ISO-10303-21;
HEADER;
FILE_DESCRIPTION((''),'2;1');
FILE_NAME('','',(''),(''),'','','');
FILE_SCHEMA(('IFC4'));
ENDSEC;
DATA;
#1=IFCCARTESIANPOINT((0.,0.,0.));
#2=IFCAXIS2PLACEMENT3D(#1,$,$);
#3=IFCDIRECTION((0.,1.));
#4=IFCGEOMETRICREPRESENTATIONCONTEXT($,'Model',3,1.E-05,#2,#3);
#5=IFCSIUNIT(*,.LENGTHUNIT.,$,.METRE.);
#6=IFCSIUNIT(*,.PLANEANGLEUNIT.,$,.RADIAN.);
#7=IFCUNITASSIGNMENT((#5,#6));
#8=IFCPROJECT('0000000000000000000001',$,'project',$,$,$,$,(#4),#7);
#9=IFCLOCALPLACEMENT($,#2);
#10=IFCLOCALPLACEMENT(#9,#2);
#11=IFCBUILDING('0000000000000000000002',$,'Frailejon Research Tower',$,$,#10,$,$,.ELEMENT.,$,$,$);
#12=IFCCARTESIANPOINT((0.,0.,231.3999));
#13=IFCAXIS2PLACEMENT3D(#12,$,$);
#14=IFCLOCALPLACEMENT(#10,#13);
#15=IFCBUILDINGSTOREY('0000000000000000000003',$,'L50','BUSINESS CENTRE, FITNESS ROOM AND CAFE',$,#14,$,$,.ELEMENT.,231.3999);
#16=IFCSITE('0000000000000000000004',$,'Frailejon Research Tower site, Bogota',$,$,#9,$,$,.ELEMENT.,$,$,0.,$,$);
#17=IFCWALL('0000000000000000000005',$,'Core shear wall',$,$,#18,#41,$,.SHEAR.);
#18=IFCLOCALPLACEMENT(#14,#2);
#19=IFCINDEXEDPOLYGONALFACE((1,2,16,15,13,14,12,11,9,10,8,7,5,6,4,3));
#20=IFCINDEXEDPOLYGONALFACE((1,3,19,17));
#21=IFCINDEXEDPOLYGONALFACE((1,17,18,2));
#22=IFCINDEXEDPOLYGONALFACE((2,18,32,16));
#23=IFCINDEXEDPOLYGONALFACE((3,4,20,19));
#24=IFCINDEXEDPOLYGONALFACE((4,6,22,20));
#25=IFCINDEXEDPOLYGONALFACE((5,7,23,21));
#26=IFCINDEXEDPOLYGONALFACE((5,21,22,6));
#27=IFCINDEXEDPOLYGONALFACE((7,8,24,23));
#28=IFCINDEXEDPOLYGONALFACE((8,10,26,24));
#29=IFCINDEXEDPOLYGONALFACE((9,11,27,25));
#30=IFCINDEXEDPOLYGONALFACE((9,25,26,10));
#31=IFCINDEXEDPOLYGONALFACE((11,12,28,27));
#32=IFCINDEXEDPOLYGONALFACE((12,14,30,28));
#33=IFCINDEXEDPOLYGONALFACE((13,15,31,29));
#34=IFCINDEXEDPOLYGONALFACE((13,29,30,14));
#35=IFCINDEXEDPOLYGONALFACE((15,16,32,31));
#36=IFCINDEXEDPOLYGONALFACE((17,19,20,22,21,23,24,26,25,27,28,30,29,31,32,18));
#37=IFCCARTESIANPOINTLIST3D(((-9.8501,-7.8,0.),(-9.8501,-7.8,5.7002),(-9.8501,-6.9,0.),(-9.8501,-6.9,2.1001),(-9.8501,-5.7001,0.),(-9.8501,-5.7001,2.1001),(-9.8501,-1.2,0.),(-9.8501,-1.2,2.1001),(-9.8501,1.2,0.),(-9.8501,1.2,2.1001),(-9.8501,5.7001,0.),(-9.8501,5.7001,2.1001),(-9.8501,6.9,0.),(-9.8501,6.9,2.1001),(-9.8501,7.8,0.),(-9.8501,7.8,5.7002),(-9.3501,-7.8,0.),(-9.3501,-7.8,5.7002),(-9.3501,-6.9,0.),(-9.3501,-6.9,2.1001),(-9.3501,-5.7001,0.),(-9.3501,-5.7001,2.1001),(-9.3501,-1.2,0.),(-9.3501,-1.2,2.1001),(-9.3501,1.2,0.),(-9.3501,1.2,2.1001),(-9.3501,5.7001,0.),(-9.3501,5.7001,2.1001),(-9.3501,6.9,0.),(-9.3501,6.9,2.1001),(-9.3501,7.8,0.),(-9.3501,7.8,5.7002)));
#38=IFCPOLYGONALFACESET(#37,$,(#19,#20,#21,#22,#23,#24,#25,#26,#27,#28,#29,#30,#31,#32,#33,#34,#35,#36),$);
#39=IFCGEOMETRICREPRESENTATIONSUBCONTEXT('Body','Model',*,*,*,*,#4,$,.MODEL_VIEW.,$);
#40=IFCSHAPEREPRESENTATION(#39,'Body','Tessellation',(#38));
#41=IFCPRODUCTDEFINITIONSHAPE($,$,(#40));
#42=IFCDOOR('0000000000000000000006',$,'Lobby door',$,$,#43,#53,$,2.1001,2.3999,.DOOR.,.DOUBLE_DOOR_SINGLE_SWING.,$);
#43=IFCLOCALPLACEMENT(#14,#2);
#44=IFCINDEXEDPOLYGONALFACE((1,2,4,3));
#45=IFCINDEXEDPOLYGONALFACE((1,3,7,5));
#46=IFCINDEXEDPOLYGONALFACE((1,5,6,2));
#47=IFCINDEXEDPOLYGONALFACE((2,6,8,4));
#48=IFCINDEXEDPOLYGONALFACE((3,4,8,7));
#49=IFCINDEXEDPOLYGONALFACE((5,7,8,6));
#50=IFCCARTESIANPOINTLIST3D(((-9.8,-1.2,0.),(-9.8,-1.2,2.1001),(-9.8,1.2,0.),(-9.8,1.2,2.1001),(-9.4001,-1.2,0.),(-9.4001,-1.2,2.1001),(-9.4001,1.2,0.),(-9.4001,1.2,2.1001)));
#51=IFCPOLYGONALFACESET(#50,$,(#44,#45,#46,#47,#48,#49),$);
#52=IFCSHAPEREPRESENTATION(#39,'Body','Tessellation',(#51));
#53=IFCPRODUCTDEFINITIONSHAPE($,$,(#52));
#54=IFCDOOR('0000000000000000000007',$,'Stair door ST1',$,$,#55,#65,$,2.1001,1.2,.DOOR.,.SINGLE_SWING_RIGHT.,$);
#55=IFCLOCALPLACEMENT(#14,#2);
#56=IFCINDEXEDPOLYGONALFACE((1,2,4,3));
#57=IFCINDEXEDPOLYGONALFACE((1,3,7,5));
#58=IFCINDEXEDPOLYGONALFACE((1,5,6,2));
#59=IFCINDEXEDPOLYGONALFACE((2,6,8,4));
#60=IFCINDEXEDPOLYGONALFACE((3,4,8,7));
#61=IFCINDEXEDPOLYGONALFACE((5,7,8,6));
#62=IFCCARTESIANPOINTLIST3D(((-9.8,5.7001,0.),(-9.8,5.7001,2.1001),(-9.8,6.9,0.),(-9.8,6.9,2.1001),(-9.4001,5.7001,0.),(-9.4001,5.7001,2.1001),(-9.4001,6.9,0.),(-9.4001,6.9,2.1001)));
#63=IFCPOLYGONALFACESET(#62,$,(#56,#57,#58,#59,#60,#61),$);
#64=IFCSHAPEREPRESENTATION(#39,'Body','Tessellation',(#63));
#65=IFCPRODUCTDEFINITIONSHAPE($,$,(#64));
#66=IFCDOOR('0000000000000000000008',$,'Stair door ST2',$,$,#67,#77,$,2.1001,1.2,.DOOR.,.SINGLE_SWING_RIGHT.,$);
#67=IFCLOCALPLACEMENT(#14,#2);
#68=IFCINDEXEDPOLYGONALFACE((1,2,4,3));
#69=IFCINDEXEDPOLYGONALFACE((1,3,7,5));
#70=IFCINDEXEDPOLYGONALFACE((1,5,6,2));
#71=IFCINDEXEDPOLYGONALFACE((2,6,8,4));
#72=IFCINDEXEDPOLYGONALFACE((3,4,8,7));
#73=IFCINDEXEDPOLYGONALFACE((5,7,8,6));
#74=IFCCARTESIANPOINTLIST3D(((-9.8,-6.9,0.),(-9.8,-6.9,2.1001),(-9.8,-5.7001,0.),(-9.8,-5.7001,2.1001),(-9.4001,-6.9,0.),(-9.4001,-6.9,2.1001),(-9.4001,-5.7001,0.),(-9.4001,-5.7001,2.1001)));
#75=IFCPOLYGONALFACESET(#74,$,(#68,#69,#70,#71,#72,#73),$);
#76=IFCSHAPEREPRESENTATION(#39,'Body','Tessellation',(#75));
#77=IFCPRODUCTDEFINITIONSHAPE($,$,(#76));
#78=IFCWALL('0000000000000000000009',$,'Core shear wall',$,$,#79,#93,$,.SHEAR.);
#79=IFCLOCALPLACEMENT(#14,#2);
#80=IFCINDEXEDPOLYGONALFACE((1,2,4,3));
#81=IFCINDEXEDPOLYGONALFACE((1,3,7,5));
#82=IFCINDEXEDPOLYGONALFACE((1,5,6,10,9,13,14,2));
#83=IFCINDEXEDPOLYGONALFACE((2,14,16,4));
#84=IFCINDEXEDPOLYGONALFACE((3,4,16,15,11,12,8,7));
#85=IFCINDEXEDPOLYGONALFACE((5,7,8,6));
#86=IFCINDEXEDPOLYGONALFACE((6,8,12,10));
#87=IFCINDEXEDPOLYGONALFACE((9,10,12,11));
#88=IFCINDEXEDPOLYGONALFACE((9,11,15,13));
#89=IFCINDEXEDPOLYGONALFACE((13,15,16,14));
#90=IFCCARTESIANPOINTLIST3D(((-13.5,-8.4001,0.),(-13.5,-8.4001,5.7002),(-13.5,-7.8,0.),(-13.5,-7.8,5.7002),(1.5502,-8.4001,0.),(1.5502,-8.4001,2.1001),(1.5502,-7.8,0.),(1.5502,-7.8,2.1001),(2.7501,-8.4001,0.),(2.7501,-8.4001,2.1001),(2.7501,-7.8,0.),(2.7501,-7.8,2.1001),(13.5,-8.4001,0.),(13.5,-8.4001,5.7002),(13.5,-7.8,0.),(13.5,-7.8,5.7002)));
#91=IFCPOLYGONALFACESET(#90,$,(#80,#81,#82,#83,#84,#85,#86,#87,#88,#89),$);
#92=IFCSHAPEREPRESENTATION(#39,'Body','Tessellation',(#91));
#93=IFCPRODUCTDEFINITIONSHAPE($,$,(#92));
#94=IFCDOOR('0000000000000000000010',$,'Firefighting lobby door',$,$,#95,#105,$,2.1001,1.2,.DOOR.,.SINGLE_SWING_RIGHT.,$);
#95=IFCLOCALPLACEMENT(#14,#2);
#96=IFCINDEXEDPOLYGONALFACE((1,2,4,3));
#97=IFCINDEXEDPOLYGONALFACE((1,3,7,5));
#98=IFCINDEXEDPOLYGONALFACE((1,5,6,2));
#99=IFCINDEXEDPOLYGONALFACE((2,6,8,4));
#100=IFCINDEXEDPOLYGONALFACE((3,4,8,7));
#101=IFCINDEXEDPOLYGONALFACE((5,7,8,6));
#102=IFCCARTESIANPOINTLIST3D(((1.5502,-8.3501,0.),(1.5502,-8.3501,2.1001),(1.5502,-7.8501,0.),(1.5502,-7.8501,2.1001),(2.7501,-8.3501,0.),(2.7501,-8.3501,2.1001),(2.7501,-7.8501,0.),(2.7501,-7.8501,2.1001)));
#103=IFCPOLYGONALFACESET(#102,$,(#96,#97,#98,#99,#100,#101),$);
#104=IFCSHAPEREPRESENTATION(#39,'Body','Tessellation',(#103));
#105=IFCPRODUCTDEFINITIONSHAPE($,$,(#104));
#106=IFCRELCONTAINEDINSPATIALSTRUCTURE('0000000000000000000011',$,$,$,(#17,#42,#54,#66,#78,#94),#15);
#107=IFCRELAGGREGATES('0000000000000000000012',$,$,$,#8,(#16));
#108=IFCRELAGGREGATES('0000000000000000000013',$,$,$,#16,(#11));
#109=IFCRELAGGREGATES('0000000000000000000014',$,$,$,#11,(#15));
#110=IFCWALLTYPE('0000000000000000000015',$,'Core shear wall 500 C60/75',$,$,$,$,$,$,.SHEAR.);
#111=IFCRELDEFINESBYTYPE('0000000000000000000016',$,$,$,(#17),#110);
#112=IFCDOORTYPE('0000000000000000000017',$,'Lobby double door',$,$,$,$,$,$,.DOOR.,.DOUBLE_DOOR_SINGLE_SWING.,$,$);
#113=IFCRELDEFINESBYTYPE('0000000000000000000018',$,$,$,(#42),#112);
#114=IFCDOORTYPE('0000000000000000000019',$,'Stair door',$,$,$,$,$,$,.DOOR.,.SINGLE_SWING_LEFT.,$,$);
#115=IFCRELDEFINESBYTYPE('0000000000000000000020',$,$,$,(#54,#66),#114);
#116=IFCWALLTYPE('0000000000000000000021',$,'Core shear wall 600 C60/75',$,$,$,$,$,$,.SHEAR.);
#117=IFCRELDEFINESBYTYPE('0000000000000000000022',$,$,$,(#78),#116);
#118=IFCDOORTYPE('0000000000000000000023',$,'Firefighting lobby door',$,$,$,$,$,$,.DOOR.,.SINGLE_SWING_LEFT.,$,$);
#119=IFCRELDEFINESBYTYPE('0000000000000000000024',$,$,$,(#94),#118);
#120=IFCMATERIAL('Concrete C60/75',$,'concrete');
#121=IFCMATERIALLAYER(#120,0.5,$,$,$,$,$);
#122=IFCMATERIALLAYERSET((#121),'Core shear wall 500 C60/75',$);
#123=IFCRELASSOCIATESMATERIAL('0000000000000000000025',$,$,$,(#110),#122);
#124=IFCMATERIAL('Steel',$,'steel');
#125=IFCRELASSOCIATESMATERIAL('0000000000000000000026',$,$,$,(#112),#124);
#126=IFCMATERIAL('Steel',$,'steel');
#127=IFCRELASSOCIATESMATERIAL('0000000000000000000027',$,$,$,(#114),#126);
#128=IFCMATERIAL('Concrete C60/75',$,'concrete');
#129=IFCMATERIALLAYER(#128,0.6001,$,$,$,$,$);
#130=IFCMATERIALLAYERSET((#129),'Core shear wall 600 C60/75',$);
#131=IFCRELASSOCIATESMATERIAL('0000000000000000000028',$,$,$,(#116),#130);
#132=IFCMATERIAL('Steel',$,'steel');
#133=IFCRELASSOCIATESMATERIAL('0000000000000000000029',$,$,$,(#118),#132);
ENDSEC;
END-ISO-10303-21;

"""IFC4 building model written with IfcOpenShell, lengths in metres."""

from ifc_helpers import new_model, si_unit, direction, frame, frame_2d, origin, place, context, subcontext, project, spatial, rectangle, extrude, material, layer, layer_set, type_object, element, fill, save


model = new_model("IFC4")

# Units and contexts
model_context = context("Model", 3, precision=1e-05, world=origin(), true_north=direction((0.0, 1.0)))
body_context = subcontext(model_context, "Body", "Model", "MODEL_VIEW")
ifc_project = project(units=[si_unit("LENGTHUNIT", "METRE"), si_unit("PLANEANGLEUNIT", "RADIAN")], contexts=[model_context])

# Site, building, storey
site_placement = place(None, origin())
site = spatial("IfcSite", under=ifc_project, at=site_placement, Name="Frailejon Research Tower site, Bogota", CompositionType="ELEMENT", RefElevation=0.0)
building_placement = place(site_placement, origin())
building = spatial("IfcBuilding", under=site, at=building_placement, Name="Frailejon Research Tower", CompositionType="ELEMENT")
storey_placement = place(building_placement, frame((0.0, 0.0, 231.3999)))
storey = spatial("IfcBuildingStorey", under=building, at=storey_placement, Name="L50", Description="BUSINESS CENTRE, FITNESS ROOM AND CAFE", CompositionType="ELEMENT", Elevation=231.3999)

# Wall, openings, doors
ifc_material_1 = material(Name="Concrete C60/75", Category="concrete")
ifc_layer_1 = layer(ifc_material_1, 0.5)
ifc_layer_set_1 = layer_set([ifc_layer_1], Name="Core shear wall 500 C60/75")
wall_type_1 = type_object("IfcWallType", Name="Core shear wall 500 C60/75", PredefinedType="SHEAR", material=ifc_layer_set_1)
wall_1_placement = place(storey_placement, frame((-9.6001, -7.8, 0.0), z_axis=(0.0, 0.0, 1.0), x_axis=(0.0, 1.0, 0.0)))
wall_1 = element("IfcWall", 1, at=wall_1_placement, inside=storey, type_object=wall_type_1, Name="Core shear wall", PredefinedType="SHEAR", context=body_context, shape_type="SweptSolid", body=[
    extrude(rectangle(XDim=15.6001, YDim=0.5, at=frame_2d((7.8, 0.0))), origin(), (0.0, 0.0, 1.0), 5.7002),
])
opening_1_placement = place(wall_1_placement, frame((6.6001, 0.0, 0.0)))
opening_1 = element("IfcOpeningElement", 2, at=opening_1_placement, cuts=wall_1, PredefinedType="OPENING", context=body_context, shape_type="SweptSolid", body=[
    extrude(rectangle(XDim=2.3999, YDim=2.1001, at=frame_2d((1.2, 1.05))), frame((0.0, 0.26, 0.0), z_axis=(0.0, -1.0, 0.0), x_axis=(1.0, 0.0, 0.0)), (0.0, 0.0, 1.0), 0.52),
])
opening_2_placement = place(wall_1_placement, frame((13.5, 0.0, 0.0)))
opening_2 = element("IfcOpeningElement", 3, at=opening_2_placement, cuts=wall_1, PredefinedType="OPENING", context=body_context, shape_type="SweptSolid", body=[
    extrude(rectangle(XDim=1.2, YDim=2.1001, at=frame_2d((0.6001, 1.05))), frame((0.0, 0.26, 0.0), z_axis=(0.0, -1.0, 0.0), x_axis=(1.0, 0.0, 0.0)), (0.0, 0.0, 1.0), 0.52),
])
opening_3_placement = place(wall_1_placement, frame((0.8999, 0.0, 0.0)))
opening_3 = element("IfcOpeningElement", 4, at=opening_3_placement, cuts=wall_1, PredefinedType="OPENING", context=body_context, shape_type="SweptSolid", body=[
    extrude(rectangle(XDim=1.2, YDim=2.1001, at=frame_2d((0.6001, 1.05))), frame((0.0, 0.26, 0.0), z_axis=(0.0, -1.0, 0.0), x_axis=(1.0, 0.0, 0.0)), (0.0, 0.0, 1.0), 0.52),
])
ifc_material_2 = material(Name="Steel", Category="steel")
door_type_1 = type_object("IfcDoorType", Name="Lobby double door", OperationType="DOUBLE_DOOR_SINGLE_SWING", PredefinedType="DOOR", material=ifc_material_2)
door_1_placement = place(opening_1_placement, origin())
door_1 = element("IfcDoor", 5, at=door_1_placement, inside=storey, type_object=door_type_1, Name="Lobby door", OperationType="DOUBLE_DOOR_SINGLE_SWING", OverallHeight=2.1001, OverallWidth=2.3999, PredefinedType="DOOR", context=body_context, shape_type="SweptSolid", body=[
    extrude(rectangle(XDim=2.3999, YDim=2.1001, at=frame_2d((1.2, 1.05))), frame((0.0, 0.2, 0.0), z_axis=(0.0, -1.0, 0.0), x_axis=(1.0, 0.0, 0.0)), (0.0, 0.0, 1.0), 0.3999),
])
fill(opening_1, door_1)
ifc_material_3 = material(Name="Steel", Category="steel")
door_type_2 = type_object("IfcDoorType", Name="Stair door", OperationType="SINGLE_SWING_LEFT", PredefinedType="DOOR", material=ifc_material_3)
door_2_placement = place(opening_2_placement, origin())
door_2 = element("IfcDoor", 6, at=door_2_placement, inside=storey, type_object=door_type_2, Name="Stair door ST1", OperationType="SINGLE_SWING_RIGHT", OverallHeight=2.1001, OverallWidth=1.2, PredefinedType="DOOR", context=body_context, shape_type="SweptSolid", body=[
    extrude(rectangle(XDim=1.2, YDim=2.1001, at=frame_2d((0.6001, 1.05))), frame((0.0, 0.2, 0.0), z_axis=(0.0, -1.0, 0.0), x_axis=(1.0, 0.0, 0.0)), (0.0, 0.0, 1.0), 0.3999),
])
fill(opening_2, door_2)
door_3_placement = place(opening_3_placement, origin())
door_3 = element("IfcDoor", 7, at=door_3_placement, inside=storey, type_object=door_type_2, Name="Stair door ST2", OperationType="SINGLE_SWING_RIGHT", OverallHeight=2.1001, OverallWidth=1.2, PredefinedType="DOOR", context=body_context, shape_type="SweptSolid", body=[
    extrude(rectangle(XDim=1.2, YDim=2.1001, at=frame_2d((0.6001, 1.05))), frame((0.0, 0.2, 0.0), z_axis=(0.0, -1.0, 0.0), x_axis=(1.0, 0.0, 0.0)), (0.0, 0.0, 1.0), 0.3999),
])
fill(opening_3, door_3)

# Wall, opening, door
ifc_material_4 = material(Name="Concrete C60/75", Category="concrete")
ifc_layer_2 = layer(ifc_material_4, 0.6001)
ifc_layer_set_2 = layer_set([ifc_layer_2], Name="Core shear wall 600 C60/75")
wall_type_2 = type_object("IfcWallType", Name="Core shear wall 600 C60/75", PredefinedType="SHEAR", material=ifc_layer_set_2)
wall_2_placement = place(storey_placement, frame((-13.5, -8.1001, 0.0), z_axis=(0.0, 0.0, 1.0), x_axis=(1.0, 0.0, 0.0)))
wall_2 = element("IfcWall", 8, at=wall_2_placement, inside=storey, type_object=wall_type_2, Name="Core shear wall", PredefinedType="SHEAR", context=body_context, shape_type="SweptSolid", body=[
    extrude(rectangle(XDim=27.0, YDim=0.6001, at=frame_2d((13.5, 0.0))), origin(), (0.0, 0.0, 1.0), 5.7002),
])
opening_4_placement = place(wall_2_placement, frame((15.05, 0.0, 0.0)))
opening_4 = element("IfcOpeningElement", 9, at=opening_4_placement, cuts=wall_2, PredefinedType="OPENING", context=body_context, shape_type="SweptSolid", body=[
    extrude(rectangle(XDim=1.2, YDim=2.1001, at=frame_2d((0.6001, 1.05))), frame((0.0, 0.3101, 0.0), z_axis=(0.0, -1.0, 0.0), x_axis=(1.0, 0.0, 0.0)), (0.0, 0.0, 1.0), 0.6201),
])
ifc_material_5 = material(Name="Steel", Category="steel")
door_type_3 = type_object("IfcDoorType", Name="Firefighting lobby door", OperationType="SINGLE_SWING_LEFT", PredefinedType="DOOR", material=ifc_material_5)
door_4_placement = place(opening_4_placement, origin())
door_4 = element("IfcDoor", 10, at=door_4_placement, inside=storey, type_object=door_type_3, Name="Firefighting lobby door", OperationType="SINGLE_SWING_RIGHT", OverallHeight=2.1001, OverallWidth=1.2, PredefinedType="DOOR", context=body_context, shape_type="SweptSolid", body=[
    extrude(rectangle(XDim=1.2, YDim=2.1001, at=frame_2d((0.6001, 1.05))), frame((0.0, 0.25, 0.0), z_axis=(0.0, -1.0, 0.0), x_axis=(1.0, 0.0, 0.0)), (0.0, 0.0, 1.0), 0.5),
])
fill(opening_4, door_4)

save(model, "model.ifc")
